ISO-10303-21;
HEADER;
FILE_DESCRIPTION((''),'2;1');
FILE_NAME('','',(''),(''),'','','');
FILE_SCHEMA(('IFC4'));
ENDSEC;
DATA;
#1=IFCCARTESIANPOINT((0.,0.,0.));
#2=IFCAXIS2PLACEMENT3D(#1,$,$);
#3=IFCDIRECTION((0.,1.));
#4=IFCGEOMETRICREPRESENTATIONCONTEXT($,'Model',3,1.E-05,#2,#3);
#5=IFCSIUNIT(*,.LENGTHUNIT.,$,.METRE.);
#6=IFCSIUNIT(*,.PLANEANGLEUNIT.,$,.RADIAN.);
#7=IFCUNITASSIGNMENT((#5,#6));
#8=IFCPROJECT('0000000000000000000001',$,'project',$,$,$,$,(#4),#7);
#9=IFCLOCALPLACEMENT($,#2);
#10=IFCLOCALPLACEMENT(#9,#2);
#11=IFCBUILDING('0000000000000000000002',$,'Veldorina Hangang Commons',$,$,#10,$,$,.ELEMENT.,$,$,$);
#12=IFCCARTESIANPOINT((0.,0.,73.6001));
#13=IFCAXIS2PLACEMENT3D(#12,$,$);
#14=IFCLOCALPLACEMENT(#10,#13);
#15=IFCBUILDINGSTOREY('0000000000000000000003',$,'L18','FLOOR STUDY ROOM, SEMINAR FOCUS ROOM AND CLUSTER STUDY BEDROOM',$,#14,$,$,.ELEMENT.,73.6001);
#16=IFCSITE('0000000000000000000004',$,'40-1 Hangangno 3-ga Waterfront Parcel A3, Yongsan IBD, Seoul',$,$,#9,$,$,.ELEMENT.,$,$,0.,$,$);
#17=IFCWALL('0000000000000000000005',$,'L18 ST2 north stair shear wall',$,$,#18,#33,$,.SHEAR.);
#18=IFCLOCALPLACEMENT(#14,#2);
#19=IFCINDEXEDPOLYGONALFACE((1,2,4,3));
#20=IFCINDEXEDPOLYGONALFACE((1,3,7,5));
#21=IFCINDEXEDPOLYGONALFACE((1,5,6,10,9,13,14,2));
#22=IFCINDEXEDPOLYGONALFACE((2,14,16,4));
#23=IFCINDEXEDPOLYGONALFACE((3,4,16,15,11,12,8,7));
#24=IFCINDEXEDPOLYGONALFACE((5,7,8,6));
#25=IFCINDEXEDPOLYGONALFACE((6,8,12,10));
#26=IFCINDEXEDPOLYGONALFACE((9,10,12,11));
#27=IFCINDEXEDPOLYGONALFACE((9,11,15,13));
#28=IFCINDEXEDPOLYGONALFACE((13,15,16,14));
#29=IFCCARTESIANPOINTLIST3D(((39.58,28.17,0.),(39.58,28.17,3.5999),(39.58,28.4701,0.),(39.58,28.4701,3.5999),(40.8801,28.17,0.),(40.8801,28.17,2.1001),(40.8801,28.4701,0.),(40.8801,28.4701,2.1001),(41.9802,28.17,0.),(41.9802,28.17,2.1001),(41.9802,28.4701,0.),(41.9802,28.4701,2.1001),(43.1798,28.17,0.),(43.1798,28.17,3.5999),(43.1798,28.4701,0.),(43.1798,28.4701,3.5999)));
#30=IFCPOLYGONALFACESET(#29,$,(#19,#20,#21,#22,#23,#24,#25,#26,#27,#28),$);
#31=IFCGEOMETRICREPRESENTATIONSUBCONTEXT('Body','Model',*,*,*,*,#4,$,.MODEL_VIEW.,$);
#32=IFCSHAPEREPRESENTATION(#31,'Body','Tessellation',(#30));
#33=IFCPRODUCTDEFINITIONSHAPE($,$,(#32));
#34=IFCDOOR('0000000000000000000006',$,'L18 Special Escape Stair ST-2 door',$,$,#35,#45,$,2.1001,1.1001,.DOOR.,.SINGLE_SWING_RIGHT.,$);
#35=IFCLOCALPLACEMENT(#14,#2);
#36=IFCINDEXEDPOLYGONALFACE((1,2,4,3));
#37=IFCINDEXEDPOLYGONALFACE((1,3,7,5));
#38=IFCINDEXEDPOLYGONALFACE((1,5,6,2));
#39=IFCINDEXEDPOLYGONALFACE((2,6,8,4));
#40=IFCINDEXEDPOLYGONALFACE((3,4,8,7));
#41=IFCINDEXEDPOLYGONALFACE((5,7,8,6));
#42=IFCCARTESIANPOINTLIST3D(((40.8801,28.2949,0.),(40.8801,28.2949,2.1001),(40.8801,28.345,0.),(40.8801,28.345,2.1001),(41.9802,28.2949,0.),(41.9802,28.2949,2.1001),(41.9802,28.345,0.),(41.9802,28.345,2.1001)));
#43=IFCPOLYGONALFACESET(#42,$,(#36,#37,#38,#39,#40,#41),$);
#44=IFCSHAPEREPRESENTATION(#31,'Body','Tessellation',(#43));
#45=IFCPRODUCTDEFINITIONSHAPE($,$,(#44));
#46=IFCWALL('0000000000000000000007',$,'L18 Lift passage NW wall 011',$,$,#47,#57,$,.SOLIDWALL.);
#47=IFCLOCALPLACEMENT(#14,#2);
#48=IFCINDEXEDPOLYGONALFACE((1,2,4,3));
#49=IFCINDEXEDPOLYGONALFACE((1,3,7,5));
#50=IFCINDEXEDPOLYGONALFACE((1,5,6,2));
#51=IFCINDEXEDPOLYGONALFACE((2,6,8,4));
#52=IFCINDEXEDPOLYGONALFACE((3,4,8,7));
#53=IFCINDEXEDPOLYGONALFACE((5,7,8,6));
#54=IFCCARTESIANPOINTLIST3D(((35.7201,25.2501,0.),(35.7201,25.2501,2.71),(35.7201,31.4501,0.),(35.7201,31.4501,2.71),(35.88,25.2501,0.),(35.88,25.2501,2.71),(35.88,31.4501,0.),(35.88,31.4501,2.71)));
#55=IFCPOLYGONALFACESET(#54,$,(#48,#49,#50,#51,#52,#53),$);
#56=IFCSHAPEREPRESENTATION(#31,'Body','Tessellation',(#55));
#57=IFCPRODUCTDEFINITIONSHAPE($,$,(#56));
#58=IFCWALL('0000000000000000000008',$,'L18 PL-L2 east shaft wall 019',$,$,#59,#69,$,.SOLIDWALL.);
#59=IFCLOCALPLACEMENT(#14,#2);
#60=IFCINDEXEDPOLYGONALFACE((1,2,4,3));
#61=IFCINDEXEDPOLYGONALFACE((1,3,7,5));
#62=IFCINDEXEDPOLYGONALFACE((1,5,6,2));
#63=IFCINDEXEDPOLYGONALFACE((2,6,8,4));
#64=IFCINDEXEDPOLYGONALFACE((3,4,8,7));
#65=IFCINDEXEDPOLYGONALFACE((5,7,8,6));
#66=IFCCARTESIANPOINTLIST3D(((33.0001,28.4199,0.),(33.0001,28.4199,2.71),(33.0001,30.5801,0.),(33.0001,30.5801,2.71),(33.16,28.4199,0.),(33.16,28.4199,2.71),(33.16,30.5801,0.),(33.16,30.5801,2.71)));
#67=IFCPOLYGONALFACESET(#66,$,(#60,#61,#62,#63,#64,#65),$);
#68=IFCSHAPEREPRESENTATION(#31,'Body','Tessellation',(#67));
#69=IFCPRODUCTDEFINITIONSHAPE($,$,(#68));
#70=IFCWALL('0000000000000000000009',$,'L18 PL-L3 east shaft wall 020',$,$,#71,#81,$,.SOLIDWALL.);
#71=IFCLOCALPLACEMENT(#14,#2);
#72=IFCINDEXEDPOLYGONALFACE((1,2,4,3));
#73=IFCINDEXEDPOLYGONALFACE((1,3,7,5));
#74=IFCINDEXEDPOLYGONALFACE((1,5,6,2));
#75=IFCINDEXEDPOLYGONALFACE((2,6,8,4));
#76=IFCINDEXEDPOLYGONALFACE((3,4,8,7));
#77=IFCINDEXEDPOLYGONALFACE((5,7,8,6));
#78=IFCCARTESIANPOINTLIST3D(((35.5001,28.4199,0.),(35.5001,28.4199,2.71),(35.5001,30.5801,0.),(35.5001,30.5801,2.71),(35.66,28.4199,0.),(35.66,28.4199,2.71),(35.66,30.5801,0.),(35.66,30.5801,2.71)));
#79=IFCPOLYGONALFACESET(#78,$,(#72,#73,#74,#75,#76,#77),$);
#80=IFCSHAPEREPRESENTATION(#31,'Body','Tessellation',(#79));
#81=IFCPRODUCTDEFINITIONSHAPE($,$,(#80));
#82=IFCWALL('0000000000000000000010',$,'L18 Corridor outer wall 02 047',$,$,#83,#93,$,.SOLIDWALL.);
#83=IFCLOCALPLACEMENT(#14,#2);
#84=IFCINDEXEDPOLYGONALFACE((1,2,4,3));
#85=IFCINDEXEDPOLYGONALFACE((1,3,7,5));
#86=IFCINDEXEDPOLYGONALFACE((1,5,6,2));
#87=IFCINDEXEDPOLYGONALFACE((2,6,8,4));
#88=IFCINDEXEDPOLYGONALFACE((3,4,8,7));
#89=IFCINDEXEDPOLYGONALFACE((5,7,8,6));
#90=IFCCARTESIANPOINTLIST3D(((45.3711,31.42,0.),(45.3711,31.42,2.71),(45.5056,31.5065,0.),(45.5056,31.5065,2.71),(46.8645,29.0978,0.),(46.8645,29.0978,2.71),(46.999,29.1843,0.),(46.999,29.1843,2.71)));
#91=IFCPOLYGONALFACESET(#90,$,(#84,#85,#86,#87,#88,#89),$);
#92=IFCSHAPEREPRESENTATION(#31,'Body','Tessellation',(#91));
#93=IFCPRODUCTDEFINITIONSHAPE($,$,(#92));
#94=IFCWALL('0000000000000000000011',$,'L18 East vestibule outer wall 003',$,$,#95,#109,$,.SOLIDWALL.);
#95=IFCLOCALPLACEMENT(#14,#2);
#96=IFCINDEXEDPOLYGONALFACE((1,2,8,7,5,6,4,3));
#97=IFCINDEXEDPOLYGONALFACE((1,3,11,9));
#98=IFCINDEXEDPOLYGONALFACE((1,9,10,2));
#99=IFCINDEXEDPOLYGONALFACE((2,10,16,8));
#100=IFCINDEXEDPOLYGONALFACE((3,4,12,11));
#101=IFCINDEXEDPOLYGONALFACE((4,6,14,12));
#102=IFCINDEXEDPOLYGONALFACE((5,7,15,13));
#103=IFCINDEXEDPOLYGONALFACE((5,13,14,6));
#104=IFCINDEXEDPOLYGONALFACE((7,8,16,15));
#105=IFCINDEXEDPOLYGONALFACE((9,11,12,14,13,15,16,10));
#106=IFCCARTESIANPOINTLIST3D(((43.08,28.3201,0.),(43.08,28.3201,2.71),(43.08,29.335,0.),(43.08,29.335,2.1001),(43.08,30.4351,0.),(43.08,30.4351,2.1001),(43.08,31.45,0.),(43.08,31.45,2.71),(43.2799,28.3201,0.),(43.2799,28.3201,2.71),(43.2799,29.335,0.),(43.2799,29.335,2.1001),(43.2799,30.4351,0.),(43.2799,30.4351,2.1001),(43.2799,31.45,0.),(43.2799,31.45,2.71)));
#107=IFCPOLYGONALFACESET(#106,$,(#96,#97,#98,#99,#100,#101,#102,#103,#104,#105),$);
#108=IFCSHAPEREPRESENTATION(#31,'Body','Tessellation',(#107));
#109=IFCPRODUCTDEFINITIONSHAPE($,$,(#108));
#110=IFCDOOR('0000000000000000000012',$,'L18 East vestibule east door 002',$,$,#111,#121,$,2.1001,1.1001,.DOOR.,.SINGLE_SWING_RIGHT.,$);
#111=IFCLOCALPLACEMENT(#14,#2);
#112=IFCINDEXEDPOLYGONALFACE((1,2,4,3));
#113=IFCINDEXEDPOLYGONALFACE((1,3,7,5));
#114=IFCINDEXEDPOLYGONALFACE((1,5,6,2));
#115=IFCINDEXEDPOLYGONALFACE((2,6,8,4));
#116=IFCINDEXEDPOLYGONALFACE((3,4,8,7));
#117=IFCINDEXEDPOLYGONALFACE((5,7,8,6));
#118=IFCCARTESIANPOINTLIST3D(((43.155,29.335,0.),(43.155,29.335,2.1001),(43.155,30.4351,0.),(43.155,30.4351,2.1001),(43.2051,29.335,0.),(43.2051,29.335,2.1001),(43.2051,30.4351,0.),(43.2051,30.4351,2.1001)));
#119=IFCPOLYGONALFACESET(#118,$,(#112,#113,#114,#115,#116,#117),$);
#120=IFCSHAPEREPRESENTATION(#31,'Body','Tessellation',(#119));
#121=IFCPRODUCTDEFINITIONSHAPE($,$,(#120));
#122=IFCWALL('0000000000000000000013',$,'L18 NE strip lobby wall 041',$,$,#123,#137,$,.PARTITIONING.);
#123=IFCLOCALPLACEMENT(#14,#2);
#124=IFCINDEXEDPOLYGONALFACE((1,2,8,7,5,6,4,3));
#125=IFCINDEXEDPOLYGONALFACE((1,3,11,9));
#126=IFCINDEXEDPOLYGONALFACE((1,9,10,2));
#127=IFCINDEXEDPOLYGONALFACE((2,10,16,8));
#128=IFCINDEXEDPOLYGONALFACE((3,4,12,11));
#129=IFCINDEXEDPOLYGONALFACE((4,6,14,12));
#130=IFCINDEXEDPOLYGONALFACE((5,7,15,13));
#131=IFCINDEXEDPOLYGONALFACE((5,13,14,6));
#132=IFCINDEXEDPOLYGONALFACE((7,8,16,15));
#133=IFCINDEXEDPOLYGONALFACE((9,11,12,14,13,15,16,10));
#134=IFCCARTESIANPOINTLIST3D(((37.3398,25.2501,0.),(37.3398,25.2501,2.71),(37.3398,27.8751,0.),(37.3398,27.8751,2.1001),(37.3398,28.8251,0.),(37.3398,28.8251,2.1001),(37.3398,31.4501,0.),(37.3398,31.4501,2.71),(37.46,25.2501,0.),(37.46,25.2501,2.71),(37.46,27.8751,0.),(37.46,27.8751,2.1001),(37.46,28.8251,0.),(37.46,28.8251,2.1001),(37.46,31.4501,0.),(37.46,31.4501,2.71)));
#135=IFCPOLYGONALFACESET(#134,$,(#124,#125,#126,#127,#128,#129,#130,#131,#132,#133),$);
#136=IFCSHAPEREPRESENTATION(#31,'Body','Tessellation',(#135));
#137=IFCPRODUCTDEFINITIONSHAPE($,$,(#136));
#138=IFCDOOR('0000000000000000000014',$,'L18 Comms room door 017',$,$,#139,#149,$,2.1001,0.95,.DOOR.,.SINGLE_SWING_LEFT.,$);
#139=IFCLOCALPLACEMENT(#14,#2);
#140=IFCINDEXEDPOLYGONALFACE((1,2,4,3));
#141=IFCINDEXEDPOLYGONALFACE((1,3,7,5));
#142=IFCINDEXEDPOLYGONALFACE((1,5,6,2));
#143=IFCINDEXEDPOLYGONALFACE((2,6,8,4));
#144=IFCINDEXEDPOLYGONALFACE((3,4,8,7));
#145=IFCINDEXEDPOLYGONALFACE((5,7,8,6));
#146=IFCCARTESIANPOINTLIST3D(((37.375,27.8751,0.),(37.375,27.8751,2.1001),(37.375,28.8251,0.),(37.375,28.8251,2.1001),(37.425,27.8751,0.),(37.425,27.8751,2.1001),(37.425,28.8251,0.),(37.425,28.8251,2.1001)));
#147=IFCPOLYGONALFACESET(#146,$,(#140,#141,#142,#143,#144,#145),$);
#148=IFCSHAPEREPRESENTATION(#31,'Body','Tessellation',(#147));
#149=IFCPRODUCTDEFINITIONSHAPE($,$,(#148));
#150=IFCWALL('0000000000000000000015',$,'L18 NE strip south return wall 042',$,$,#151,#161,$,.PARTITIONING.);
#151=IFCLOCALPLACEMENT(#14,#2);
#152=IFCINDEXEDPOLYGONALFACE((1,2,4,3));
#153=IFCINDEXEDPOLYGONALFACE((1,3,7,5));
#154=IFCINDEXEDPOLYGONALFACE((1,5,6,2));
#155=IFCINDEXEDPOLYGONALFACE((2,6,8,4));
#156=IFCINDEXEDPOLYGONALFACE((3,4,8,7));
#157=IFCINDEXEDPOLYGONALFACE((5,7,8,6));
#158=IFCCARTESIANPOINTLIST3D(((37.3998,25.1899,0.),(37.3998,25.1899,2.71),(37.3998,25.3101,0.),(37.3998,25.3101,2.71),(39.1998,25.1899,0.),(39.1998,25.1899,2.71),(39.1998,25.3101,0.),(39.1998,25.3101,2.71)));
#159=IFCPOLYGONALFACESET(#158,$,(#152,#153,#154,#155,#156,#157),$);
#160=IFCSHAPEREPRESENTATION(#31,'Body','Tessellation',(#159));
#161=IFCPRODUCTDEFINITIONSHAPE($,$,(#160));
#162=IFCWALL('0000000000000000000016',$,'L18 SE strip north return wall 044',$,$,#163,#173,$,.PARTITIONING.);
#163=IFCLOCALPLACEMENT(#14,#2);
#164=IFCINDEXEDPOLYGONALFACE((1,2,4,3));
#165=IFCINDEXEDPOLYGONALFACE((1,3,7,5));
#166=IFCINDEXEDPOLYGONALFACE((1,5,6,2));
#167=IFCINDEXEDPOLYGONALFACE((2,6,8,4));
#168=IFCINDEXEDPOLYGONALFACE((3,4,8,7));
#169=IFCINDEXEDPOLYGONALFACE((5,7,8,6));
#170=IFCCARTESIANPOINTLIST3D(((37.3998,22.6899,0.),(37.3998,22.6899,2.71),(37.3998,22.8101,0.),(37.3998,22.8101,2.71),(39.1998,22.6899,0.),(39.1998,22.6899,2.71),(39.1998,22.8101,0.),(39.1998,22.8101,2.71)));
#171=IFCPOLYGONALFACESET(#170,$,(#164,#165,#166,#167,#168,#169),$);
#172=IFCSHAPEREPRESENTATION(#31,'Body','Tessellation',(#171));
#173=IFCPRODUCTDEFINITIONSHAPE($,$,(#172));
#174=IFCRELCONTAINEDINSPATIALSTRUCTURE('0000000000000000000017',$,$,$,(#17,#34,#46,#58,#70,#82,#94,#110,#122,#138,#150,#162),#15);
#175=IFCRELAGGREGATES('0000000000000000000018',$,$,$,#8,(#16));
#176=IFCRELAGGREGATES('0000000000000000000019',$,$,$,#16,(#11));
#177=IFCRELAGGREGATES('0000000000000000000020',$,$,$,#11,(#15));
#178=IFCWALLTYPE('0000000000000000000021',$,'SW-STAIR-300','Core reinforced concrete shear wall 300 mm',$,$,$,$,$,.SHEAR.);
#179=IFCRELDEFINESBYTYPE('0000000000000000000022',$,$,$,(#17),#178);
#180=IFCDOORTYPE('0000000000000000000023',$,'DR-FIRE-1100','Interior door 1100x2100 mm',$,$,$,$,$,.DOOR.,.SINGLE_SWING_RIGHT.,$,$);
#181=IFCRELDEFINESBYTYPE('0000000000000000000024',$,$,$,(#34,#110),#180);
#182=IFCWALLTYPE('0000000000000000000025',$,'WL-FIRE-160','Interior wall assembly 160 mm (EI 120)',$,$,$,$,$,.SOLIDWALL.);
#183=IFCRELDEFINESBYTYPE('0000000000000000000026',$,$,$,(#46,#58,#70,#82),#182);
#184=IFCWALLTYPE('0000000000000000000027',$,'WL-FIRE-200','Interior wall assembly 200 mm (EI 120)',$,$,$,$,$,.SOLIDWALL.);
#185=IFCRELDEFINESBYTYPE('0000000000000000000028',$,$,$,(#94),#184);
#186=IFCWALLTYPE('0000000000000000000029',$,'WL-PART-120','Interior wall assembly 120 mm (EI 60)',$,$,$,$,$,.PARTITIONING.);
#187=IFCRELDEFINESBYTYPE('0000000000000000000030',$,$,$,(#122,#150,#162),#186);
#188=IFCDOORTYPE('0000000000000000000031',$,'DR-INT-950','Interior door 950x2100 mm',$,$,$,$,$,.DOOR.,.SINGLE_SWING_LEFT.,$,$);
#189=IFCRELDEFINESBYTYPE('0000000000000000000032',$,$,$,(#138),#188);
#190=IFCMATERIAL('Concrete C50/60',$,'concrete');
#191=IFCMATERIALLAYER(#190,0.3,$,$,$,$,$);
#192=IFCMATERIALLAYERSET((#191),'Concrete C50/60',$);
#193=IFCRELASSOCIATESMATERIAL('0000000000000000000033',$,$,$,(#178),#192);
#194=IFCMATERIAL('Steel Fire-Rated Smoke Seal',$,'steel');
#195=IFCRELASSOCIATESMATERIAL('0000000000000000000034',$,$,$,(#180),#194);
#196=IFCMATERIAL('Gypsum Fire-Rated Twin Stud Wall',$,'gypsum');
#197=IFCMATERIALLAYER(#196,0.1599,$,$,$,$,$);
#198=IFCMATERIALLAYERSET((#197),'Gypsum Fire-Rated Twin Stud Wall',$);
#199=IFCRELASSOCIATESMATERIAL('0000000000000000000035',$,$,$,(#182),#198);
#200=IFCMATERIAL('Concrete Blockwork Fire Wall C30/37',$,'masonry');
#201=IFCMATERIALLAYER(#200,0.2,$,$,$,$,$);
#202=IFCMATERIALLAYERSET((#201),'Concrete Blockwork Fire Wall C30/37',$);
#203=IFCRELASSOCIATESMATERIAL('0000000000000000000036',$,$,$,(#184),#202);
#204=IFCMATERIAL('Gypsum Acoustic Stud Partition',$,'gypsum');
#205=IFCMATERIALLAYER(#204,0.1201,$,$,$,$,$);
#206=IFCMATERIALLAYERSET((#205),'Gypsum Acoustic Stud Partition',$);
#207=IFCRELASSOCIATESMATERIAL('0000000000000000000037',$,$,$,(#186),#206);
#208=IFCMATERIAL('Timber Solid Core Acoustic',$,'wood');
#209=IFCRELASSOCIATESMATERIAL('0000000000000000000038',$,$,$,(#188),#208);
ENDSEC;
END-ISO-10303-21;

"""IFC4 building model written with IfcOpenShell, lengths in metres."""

from ifc_helpers import new_model, si_unit, direction, frame, frame_2d, origin, place, context, subcontext, project, spatial, rectangle, extrude, material, layer, layer_set, type_object, element, fill, save


model = new_model("IFC4")

# Units and contexts
model_context = context("Model", 3, precision=1e-05, world=origin(), true_north=direction((0.0, 1.0)))
body_context = subcontext(model_context, "Body", "Model", "MODEL_VIEW")
ifc_project = project(units=[si_unit("LENGTHUNIT", "METRE"), si_unit("PLANEANGLEUNIT", "RADIAN")], contexts=[model_context])

# Site, building, storey
site_placement = place(None, origin())
site = spatial("IfcSite", under=ifc_project, at=site_placement, Name="40-1 Hangangno 3-ga Waterfront Parcel A3, Yongsan IBD, Seoul", CompositionType="ELEMENT", RefElevation=0.0)
building_placement = place(site_placement, origin())
building = spatial("IfcBuilding", under=site, at=building_placement, Name="Veldorina Hangang Commons", CompositionType="ELEMENT")
storey_placement = place(building_placement, frame((0.0, 0.0, 73.6001)))
storey = spatial("IfcBuildingStorey", under=building, at=storey_placement, Name="L18", Description="FLOOR STUDY ROOM, SEMINAR FOCUS ROOM AND CLUSTER STUDY BEDROOM", CompositionType="ELEMENT", Elevation=73.6001)

# Wall, opening, door
ifc_material_1 = material(Name="Concrete C50/60", Category="concrete")
ifc_layer_1 = layer(ifc_material_1, 0.3)
ifc_layer_set_1 = layer_set([ifc_layer_1], Name="Concrete C50/60")
wall_type_1 = type_object("IfcWallType", Name="SW-STAIR-300", Description="Core reinforced concrete shear wall 300 mm", PredefinedType="SHEAR", material=ifc_layer_set_1)
wall_1_placement = place(storey_placement, frame((39.5801, 28.3201, 0.0), z_axis=(0.0, 0.0, 1.0), x_axis=(1.0, 0.0, 0.0)))
wall_1 = element("IfcWall", 1, at=wall_1_placement, inside=storey, type_object=wall_type_1, Name="L18 ST2 north stair shear wall", PredefinedType="SHEAR", context=body_context, shape_type="SweptSolid", body=[
    extrude(rectangle(XDim=3.5999, YDim=0.3, at=frame_2d((1.7998, 0.0))), origin(), (0.0, 0.0, 1.0), 3.5999),
])
opening_1_placement = place(wall_1_placement, frame((1.3, 0.0, 0.0)))
opening_1 = element("IfcOpeningElement", 2, at=opening_1_placement, cuts=wall_1, PredefinedType="OPENING", context=body_context, shape_type="SweptSolid", body=[
    extrude(rectangle(XDim=1.1001, YDim=2.1001, at=frame_2d((0.55, 1.05))), frame((0.0, 0.1602, 0.0), z_axis=(0.0, -1.0, 0.0), x_axis=(1.0, 0.0, 0.0)), (0.0, 0.0, 1.0), 0.3201),
])
ifc_material_2 = material(Name="Steel Fire-Rated Smoke Seal", Category="steel")
door_type_1 = type_object("IfcDoorType", Name="DR-FIRE-1100", Description="Interior door 1100x2100 mm", OperationType="SINGLE_SWING_RIGHT", PredefinedType="DOOR", material=ifc_material_2)
door_1_placement = place(opening_1_placement, origin())
door_1 = element("IfcDoor", 3, at=door_1_placement, inside=storey, type_object=door_type_1, Name="L18 Special Escape Stair ST-2 door", OperationType="SINGLE_SWING_RIGHT", OverallHeight=2.1001, OverallWidth=1.1001, PredefinedType="DOOR", context=body_context, shape_type="SweptSolid", body=[
    extrude(rectangle(XDim=1.1001, YDim=2.1001, at=frame_2d((0.55, 1.05))), frame((0.0, 0.0249, 0.0), z_axis=(0.0, -1.0, 0.0), x_axis=(1.0, 0.0, 0.0)), (0.0, 0.0, 1.0), 0.05),
])
fill(opening_1, door_1)

# Walls
ifc_material_3 = material(Name="Gypsum Fire-Rated Twin Stud Wall", Category="gypsum")
ifc_layer_2 = layer(ifc_material_3, 0.1599)
ifc_layer_set_2 = layer_set([ifc_layer_2], Name="Gypsum Fire-Rated Twin Stud Wall")
wall_type_2 = type_object("IfcWallType", Name="WL-FIRE-160", Description="Interior wall assembly 160 mm (EI 120)", PredefinedType="SOLIDWALL", material=ifc_layer_set_2)
wall_2_placement = place(storey_placement, frame((35.8, 25.25, 0.0), z_axis=(0.0, 0.0, 1.0), x_axis=(0.0, 1.0, 0.0)))
element("IfcWall", 4, at=wall_2_placement, inside=storey, type_object=wall_type_2, Name="L18 Lift passage NW wall 011", PredefinedType="SOLIDWALL", context=body_context, shape_type="SweptSolid", body=[
    extrude(rectangle(XDim=6.2, YDim=0.1599, at=frame_2d((3.1001, 0.0))), origin(), (0.0, 0.0, 1.0), 2.71),
])
for number, where, z_axis, x_axis, name in (
    (5, (33.0801, 28.4199, 0.0), (0.0, 0.0, 1.0), (0.0, 1.0, 0.0), "L18 PL-L2 east shaft wall 019"),
    (6, (35.5801, 28.4199, 0.0), (0.0, 0.0, 1.0), (0.0, 1.0, 0.0), "L18 PL-L3 east shaft wall 020"),
):
    element("IfcWall", number, at=place(storey_placement, frame(where, z_axis=z_axis, x_axis=x_axis)), inside=storey, type_object=wall_type_2, Name=name, PredefinedType="SOLIDWALL", context=body_context, shape_type="SweptSolid", body=[
        extrude(rectangle(XDim=2.1602, YDim=0.1599, at=frame_2d((1.0801, 0.0))), origin(), (0.0, 0.0, 1.0), 2.71),
    ])
wall_3_placement = place(storey_placement, frame((46.9316, 29.1411, 0.0), z_axis=(0.0, 0.0, 1.0), x_axis=(-0.540892, 0.841092, 0.0)))
element("IfcWall", 7, at=wall_3_placement, inside=storey, type_object=wall_type_2, Name="L18 Corridor outer wall 02 047", PredefinedType="SOLIDWALL", context=body_context, shape_type="SweptSolid", body=[
    extrude(rectangle(XDim=2.761, YDim=0.1599, at=frame_2d((1.3804, 0.0))), origin(), (0.0, 0.0, 1.0), 2.71),
])

# Walls, openings, doors
ifc_material_4 = material(Name="Concrete Blockwork Fire Wall C30/37", Category="masonry")
ifc_layer_3 = layer(ifc_material_4, 0.2)
ifc_layer_set_3 = layer_set([ifc_layer_3], Name="Concrete Blockwork Fire Wall C30/37")
wall_type_3 = type_object("IfcWallType", Name="WL-FIRE-200", Description="Interior wall assembly 200 mm (EI 120)", PredefinedType="SOLIDWALL", material=ifc_layer_set_3)
wall_4_placement = place(storey_placement, frame((43.1799, 28.3201, 0.0), z_axis=(0.0, 0.0, 1.0), x_axis=(0.0, 1.0, 0.0)))
wall_4 = element("IfcWall", 8, at=wall_4_placement, inside=storey, type_object=wall_type_3, Name="L18 East vestibule outer wall 003", PredefinedType="SOLIDWALL", context=body_context, shape_type="SweptSolid", body=[
    extrude(rectangle(XDim=3.1299, YDim=0.2, at=frame_2d((1.5649, 0.0))), origin(), (0.0, 0.0, 1.0), 2.71),
])
opening_2_placement = place(wall_4_placement, frame((1.0149, 0.0, 0.0)))
opening_2 = element("IfcOpeningElement", 9, at=opening_2_placement, cuts=wall_4, PredefinedType="OPENING", context=body_context, shape_type="SweptSolid", body=[
    extrude(rectangle(XDim=1.1001, YDim=2.1001, at=frame_2d((0.55, 1.05))), frame((0.0, 0.1099, 0.0), z_axis=(0.0, -1.0, 0.0), x_axis=(1.0, 0.0, 0.0)), (0.0, 0.0, 1.0), 0.22),
])
door_2_placement = place(opening_2_placement, origin())
door_2 = element("IfcDoor", 10, at=door_2_placement, inside=storey, type_object=door_type_1, Name="L18 East vestibule east door 002", OperationType="SINGLE_SWING_RIGHT", OverallHeight=2.1001, OverallWidth=1.1001, PredefinedType="DOOR", context=body_context, shape_type="SweptSolid", body=[
    extrude(rectangle(XDim=1.1001, YDim=2.1001, at=frame_2d((0.55, 1.05))), frame((0.0, 0.0249, 0.0), z_axis=(0.0, -1.0, 0.0), x_axis=(1.0, 0.0, 0.0)), (0.0, 0.0, 1.0), 0.05),
])
fill(opening_2, door_2)
ifc_material_5 = material(Name="Gypsum Acoustic Stud Partition", Category="gypsum")
ifc_layer_4 = layer(ifc_material_5, 0.1201)
ifc_layer_set_4 = layer_set([ifc_layer_4], Name="Gypsum Acoustic Stud Partition")
wall_type_4 = type_object("IfcWallType", Name="WL-PART-120", Description="Interior wall assembly 120 mm (EI 60)", PredefinedType="PARTITIONING", material=ifc_layer_set_4)
wall_5_placement = place(storey_placement, frame((37.3999, 25.25, 0.0), z_axis=(0.0, 0.0, 1.0), x_axis=(0.0, 1.0, 0.0)))
wall_5 = element("IfcWall", 11, at=wall_5_placement, inside=storey, type_object=wall_type_4, Name="L18 NE strip lobby wall 041", PredefinedType="PARTITIONING", context=body_context, shape_type="SweptSolid", body=[
    extrude(rectangle(XDim=6.2, YDim=0.1201, at=frame_2d((3.1001, 0.0))), origin(), (0.0, 0.0, 1.0), 2.71),
])
opening_3_placement = place(wall_5_placement, frame((2.625, 0.0, 0.0)))
opening_3 = element("IfcOpeningElement", 12, at=opening_3_placement, cuts=wall_5, PredefinedType="OPENING", context=body_context, shape_type="SweptSolid", body=[
    extrude(rectangle(XDim=0.95, YDim=2.1001, at=frame_2d((0.4751, 1.05))), frame((0.0, 0.0701, 0.0), z_axis=(0.0, -1.0, 0.0), x_axis=(1.0, 0.0, 0.0)), (0.0, 0.0, 1.0), 0.1401),
])
ifc_material_6 = material(Name="Timber Solid Core Acoustic", Category="wood")
door_type_2 = type_object("IfcDoorType", Name="DR-INT-950", Description="Interior door 950x2100 mm", OperationType="SINGLE_SWING_LEFT", PredefinedType="DOOR", material=ifc_material_6)
door_3_placement = place(opening_3_placement, origin())
door_3 = element("IfcDoor", 13, at=door_3_placement, inside=storey, type_object=door_type_2, Name="L18 Comms room door 017", OperationType="SINGLE_SWING_LEFT", OverallHeight=2.1001, OverallWidth=0.95, PredefinedType="DOOR", context=body_context, shape_type="SweptSolid", body=[
    extrude(rectangle(XDim=0.95, YDim=2.1001, at=frame_2d((0.4751, 1.05))), frame((0.0, 0.0249, 0.0), z_axis=(0.0, -1.0, 0.0), x_axis=(1.0, 0.0, 0.0)), (0.0, 0.0, 1.0), 0.05),
])
fill(opening_3, door_3)

# Walls
for number, where, z_axis, x_axis, name in (
    (14, (37.3999, 25.25, 0.0), (0.0, 0.0, 1.0), (1.0, 0.0, 0.0), "L18 NE strip south return wall 042"),
    (15, (37.3999, 22.75, 0.0), (0.0, 0.0, 1.0), (1.0, 0.0, 0.0), "L18 SE strip north return wall 044"),
):
    element("IfcWall", number, at=place(storey_placement, frame(where, z_axis=z_axis, x_axis=x_axis)), inside=storey, type_object=wall_type_4, Name=name, PredefinedType="PARTITIONING", context=body_context, shape_type="SweptSolid", body=[
        extrude(rectangle(XDim=1.8, YDim=0.1201, at=frame_2d((0.8999, 0.0))), origin(), (0.0, 0.0, 1.0), 2.71),
    ])

save(model, "model.ifc")
